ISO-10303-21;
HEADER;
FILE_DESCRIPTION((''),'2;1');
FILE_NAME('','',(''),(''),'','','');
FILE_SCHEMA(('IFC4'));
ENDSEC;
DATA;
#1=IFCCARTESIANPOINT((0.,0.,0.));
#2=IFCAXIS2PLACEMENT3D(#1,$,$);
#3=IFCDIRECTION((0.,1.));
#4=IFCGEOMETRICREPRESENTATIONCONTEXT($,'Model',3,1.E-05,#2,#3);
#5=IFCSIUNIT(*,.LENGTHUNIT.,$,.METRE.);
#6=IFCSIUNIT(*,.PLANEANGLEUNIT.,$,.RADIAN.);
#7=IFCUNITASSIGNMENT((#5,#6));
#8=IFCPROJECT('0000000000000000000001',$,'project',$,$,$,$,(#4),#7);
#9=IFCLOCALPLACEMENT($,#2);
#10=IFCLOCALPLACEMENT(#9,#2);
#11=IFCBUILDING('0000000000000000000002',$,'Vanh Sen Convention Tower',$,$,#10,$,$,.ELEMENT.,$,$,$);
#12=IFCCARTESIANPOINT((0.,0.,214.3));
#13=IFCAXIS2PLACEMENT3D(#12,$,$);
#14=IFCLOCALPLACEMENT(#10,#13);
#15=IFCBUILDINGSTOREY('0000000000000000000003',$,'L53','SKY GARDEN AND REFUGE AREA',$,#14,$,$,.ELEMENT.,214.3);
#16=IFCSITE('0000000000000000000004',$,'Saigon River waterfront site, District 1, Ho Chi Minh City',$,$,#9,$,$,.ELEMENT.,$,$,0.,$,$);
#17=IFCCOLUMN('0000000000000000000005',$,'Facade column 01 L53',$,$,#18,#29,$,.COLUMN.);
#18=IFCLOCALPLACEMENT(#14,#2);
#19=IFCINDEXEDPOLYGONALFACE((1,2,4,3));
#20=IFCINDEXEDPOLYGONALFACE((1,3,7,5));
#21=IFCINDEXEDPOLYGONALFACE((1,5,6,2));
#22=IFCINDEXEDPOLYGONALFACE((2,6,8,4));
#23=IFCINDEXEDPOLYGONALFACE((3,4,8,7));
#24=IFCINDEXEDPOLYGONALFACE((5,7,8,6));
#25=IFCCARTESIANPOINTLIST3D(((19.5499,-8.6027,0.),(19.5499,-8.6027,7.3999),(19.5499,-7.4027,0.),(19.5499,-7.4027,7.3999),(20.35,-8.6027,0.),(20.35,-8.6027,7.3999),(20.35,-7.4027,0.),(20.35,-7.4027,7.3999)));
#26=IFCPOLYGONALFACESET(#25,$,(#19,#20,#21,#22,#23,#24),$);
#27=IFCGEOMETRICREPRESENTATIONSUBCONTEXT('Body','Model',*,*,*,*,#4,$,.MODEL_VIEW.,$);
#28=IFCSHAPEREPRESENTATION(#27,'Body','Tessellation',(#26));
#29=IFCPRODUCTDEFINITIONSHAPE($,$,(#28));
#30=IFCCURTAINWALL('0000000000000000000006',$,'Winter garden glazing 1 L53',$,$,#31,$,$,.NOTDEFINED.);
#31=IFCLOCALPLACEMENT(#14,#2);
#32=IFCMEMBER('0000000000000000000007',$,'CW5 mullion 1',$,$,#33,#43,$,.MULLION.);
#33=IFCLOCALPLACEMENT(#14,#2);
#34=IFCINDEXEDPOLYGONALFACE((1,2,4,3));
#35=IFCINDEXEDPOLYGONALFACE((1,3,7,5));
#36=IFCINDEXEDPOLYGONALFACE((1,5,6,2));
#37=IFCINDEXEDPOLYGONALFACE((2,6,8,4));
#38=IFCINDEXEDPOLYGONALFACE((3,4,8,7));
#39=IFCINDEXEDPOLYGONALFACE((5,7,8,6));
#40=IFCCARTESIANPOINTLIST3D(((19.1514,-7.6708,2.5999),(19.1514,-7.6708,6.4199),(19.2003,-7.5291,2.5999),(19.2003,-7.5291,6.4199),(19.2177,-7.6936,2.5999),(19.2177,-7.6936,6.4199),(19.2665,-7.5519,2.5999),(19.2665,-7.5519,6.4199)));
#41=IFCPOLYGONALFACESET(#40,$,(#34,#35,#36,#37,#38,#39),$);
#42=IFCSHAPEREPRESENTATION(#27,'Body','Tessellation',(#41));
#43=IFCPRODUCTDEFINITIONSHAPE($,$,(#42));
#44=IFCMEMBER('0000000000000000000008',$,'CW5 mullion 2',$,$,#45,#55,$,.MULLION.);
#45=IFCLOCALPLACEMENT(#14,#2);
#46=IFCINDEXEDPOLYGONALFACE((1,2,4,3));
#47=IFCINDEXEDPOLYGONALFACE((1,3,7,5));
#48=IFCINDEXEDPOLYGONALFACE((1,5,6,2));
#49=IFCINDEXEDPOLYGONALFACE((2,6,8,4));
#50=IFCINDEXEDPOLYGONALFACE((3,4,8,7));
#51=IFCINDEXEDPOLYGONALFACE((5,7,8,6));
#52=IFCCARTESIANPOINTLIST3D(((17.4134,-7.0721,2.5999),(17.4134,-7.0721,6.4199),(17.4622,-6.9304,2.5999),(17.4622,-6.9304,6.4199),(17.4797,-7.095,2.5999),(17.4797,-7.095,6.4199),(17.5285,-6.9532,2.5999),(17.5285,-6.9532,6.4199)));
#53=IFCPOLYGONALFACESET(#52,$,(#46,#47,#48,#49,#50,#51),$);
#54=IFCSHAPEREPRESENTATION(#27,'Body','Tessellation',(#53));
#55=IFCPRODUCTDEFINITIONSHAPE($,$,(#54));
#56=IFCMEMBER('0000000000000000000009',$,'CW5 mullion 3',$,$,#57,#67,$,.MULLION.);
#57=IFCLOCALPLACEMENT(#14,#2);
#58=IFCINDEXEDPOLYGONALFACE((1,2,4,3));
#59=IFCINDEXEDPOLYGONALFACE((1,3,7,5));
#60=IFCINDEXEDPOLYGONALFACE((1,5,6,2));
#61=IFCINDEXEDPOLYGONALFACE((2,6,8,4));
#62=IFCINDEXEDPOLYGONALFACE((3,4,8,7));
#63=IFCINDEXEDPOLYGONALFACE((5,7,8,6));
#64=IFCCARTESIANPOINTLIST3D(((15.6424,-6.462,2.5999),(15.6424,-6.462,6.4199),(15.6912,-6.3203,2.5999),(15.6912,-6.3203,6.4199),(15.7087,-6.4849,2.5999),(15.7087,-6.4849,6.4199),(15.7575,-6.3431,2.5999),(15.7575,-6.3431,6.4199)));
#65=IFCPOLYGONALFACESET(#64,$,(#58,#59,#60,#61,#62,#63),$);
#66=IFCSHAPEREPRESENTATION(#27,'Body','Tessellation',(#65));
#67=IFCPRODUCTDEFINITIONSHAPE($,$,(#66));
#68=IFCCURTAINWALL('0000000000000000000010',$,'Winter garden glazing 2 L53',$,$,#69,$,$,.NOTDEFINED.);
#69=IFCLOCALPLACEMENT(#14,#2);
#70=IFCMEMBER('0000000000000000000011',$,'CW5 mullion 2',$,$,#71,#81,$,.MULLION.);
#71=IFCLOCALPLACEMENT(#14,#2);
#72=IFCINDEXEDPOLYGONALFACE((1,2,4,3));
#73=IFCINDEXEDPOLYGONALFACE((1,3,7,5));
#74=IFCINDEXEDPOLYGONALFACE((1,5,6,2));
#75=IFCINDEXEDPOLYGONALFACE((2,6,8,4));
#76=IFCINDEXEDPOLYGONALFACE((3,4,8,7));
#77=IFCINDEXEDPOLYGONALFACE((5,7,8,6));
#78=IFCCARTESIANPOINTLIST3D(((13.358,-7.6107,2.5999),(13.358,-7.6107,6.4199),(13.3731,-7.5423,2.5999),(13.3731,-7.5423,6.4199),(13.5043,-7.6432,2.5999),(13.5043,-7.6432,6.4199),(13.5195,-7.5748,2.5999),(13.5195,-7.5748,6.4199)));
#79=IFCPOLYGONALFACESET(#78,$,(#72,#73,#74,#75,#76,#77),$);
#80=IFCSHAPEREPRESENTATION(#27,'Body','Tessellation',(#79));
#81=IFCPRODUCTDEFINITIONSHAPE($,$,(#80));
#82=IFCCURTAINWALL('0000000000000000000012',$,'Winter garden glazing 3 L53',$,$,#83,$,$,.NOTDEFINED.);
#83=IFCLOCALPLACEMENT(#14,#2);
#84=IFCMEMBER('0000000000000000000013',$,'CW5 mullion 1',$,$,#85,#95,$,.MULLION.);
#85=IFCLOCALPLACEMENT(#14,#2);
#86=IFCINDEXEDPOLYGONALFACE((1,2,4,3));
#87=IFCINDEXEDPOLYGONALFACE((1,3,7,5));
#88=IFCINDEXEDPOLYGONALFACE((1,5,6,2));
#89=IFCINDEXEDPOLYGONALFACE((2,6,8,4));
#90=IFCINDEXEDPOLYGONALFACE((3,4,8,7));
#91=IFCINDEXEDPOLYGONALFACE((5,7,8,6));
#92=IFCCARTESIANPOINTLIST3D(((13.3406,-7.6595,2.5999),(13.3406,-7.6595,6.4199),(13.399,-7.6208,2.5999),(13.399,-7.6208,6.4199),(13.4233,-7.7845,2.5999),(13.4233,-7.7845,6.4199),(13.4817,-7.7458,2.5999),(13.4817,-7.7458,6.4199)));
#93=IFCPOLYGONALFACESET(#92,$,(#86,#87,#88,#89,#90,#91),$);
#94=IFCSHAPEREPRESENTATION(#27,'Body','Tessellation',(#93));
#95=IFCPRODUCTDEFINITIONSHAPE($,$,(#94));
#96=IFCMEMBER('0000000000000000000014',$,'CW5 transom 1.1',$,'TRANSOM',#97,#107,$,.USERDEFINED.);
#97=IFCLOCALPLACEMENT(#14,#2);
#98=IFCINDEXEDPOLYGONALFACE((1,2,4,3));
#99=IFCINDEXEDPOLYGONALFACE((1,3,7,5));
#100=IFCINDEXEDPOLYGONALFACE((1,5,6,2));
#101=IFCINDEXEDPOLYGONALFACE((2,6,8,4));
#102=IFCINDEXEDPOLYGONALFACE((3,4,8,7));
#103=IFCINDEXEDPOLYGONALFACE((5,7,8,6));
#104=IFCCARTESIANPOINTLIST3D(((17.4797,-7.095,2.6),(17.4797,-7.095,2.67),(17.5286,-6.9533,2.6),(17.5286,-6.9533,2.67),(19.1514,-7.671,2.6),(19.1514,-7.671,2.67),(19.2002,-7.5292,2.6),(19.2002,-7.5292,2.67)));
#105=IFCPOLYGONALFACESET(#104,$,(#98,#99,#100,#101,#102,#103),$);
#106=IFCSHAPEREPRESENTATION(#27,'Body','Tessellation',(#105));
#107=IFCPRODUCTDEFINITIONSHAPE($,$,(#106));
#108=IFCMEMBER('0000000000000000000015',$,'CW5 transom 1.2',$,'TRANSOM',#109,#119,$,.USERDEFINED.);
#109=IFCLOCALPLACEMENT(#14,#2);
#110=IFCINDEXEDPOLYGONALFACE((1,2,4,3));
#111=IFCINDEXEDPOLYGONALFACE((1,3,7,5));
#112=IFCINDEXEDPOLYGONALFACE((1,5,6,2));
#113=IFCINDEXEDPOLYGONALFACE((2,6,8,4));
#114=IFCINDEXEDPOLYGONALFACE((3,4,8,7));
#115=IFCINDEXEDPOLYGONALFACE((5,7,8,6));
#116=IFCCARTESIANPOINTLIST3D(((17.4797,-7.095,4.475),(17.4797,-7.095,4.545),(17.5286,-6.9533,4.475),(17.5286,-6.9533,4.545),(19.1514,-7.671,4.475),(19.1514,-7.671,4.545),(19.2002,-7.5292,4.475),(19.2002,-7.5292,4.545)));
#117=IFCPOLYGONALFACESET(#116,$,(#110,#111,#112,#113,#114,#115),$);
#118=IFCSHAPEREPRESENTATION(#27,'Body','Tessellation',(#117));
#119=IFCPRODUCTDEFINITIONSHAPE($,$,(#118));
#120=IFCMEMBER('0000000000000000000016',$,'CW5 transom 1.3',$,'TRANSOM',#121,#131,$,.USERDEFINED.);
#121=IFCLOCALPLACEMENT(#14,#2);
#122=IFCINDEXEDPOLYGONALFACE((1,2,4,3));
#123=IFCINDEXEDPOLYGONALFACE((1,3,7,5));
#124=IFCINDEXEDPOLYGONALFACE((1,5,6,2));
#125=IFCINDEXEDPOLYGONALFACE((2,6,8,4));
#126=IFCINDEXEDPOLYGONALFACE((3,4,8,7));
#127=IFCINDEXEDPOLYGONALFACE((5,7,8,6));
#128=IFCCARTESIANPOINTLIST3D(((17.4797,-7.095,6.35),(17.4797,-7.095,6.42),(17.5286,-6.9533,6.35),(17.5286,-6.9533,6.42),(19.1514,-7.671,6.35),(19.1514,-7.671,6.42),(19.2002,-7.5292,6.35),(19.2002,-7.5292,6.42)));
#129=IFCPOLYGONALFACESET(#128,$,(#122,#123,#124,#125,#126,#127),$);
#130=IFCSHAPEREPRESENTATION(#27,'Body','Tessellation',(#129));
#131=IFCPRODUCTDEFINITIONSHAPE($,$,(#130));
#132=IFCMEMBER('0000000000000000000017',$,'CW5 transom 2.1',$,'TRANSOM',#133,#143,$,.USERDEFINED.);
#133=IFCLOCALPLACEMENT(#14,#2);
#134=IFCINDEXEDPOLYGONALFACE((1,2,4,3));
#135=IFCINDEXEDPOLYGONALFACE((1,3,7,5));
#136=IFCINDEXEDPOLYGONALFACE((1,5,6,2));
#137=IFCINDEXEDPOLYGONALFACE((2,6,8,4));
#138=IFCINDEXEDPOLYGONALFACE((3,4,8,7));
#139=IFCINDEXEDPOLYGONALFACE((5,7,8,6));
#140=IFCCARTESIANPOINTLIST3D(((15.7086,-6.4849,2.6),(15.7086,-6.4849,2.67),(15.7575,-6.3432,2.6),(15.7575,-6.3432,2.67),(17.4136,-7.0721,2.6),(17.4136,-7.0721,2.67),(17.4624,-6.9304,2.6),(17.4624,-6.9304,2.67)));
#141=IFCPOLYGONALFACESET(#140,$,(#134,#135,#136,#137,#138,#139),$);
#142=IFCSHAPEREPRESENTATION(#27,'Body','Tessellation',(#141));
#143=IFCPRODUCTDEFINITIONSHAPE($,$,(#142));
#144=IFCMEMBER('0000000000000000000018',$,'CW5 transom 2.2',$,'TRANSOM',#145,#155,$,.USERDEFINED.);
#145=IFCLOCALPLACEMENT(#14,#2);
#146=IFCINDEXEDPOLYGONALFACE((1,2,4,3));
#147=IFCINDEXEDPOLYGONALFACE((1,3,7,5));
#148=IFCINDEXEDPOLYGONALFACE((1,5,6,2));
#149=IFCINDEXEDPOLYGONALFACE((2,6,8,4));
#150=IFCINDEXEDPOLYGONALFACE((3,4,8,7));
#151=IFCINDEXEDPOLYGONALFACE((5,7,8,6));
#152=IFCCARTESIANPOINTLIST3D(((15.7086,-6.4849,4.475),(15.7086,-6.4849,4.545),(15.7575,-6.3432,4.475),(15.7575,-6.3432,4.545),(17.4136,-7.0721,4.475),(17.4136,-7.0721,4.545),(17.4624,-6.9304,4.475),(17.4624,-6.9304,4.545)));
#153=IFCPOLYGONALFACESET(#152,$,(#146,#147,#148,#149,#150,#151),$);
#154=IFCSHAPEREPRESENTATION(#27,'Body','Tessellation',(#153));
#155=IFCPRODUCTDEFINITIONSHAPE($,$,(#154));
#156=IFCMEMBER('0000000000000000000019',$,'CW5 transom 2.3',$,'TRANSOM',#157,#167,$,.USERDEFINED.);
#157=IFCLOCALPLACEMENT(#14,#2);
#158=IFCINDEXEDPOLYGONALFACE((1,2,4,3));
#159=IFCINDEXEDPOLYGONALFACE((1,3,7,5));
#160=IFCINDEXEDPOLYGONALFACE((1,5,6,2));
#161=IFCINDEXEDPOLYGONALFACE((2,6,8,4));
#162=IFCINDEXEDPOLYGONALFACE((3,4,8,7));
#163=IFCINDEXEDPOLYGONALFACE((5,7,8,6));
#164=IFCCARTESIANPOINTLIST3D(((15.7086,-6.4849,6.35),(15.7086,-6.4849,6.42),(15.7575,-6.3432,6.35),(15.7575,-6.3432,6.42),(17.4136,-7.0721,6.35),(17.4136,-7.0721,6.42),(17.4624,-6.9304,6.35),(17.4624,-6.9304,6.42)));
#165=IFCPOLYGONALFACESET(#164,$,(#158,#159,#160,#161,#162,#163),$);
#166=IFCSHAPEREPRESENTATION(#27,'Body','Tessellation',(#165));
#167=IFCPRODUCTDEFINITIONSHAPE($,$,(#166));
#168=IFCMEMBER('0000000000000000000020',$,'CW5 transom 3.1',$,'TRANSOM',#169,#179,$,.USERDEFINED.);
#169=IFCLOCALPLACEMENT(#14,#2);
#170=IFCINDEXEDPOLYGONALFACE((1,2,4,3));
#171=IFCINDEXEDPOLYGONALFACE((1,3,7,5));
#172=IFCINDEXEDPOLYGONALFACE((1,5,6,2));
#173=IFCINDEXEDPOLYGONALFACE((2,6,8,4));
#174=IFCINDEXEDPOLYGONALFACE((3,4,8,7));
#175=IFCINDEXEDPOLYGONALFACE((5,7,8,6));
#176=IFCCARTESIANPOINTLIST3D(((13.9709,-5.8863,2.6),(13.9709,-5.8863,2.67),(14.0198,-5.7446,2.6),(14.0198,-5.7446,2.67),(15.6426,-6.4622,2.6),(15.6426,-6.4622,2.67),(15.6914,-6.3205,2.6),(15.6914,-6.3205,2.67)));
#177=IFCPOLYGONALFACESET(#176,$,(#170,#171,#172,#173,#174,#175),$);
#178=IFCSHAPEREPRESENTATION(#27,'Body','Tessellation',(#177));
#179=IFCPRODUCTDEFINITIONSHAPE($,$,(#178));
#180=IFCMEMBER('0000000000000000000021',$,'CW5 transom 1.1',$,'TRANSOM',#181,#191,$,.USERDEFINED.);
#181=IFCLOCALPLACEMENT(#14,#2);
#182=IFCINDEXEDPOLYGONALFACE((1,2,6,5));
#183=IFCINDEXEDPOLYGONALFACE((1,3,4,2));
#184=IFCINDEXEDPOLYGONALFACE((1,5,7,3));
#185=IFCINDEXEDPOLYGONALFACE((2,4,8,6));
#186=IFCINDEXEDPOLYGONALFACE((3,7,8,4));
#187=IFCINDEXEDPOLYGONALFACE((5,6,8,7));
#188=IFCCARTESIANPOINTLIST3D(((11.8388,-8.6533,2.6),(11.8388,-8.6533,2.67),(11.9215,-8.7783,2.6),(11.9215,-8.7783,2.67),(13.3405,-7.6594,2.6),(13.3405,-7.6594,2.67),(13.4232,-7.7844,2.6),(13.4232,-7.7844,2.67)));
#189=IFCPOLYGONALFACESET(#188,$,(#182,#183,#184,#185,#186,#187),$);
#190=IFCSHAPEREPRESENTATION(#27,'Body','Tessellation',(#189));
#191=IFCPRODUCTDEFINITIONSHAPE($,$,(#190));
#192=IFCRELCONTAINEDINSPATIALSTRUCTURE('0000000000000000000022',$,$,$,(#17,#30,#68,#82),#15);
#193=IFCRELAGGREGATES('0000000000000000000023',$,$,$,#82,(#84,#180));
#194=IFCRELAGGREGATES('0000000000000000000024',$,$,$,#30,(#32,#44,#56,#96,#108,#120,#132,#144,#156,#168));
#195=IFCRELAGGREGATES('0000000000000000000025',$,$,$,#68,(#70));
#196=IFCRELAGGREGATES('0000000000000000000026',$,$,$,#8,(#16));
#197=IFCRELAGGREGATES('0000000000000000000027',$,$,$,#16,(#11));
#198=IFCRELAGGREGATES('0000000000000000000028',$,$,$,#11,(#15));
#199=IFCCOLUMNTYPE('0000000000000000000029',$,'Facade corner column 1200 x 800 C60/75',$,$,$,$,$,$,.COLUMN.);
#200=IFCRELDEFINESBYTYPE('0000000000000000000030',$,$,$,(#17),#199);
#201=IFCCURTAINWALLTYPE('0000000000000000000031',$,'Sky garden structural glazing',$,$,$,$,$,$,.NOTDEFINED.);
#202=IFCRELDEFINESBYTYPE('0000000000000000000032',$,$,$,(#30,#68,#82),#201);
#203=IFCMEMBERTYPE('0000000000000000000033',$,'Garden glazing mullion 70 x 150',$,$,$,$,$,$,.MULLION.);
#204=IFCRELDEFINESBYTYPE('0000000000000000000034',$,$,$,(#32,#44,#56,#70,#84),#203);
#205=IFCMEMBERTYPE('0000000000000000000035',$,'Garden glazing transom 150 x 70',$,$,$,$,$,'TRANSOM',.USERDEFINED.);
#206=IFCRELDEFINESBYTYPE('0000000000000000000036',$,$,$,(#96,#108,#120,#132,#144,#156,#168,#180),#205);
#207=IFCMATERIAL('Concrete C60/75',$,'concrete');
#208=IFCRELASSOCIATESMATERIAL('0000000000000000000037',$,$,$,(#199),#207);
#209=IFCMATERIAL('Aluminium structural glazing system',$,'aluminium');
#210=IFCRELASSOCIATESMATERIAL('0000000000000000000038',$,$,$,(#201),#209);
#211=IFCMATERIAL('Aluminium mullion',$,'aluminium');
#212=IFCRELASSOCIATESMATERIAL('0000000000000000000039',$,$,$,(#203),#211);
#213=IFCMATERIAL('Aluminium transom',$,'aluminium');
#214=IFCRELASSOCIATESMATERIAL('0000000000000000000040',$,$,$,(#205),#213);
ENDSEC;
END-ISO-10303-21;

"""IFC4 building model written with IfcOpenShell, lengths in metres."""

from ifc_helpers import new_model, si_unit, direction, frame, origin, origin_2d, place, context, subcontext, project, spatial, rectangle, extrude, material, material_profile, profile_set, type_object, element, aggregate, save


model = new_model("IFC4")

# Units and contexts
model_context = context("Model", 3, precision=1e-05, world=origin(), true_north=direction((0.0, 1.0)))
body_context = subcontext(model_context, "Body", "Model", "MODEL_VIEW")
ifc_project = project(units=[si_unit("LENGTHUNIT", "METRE"), si_unit("PLANEANGLEUNIT", "RADIAN")], contexts=[model_context])

# Site, building, storey
site_placement = place(None, origin())
site = spatial("IfcSite", under=ifc_project, at=site_placement, Name="Saigon River waterfront site, District 1, Ho Chi Minh City", CompositionType="ELEMENT", RefElevation=0.0)
building_placement = place(site_placement, origin())
building = spatial("IfcBuilding", under=site, at=building_placement, Name="Vanh Sen Convention Tower", CompositionType="ELEMENT")
storey_placement = place(building_placement, frame((0.0, 0.0, 214.3)))
storey = spatial("IfcBuildingStorey", under=building, at=storey_placement, Name="L53", Description="SKY GARDEN AND REFUGE AREA", CompositionType="ELEMENT", Elevation=214.3)

# Column
ifc_material_1 = material(Name="Concrete C60/75", Category="concrete")
ifc_material_profile_1 = material_profile(ifc_material_1, rectangle(XDim=1.2, YDim=0.8, at=origin_2d()), Name="RC 1200X800")
ifc_profile_set_1 = profile_set([ifc_material_profile_1], Name="Concrete C60/75")
column_type = type_object("IfcColumnType", Name="Facade corner column 1200 x 800 C60/75", PredefinedType="COLUMN", material=ifc_profile_set_1)
column_placement = place(storey_placement, frame((19.95, -8.0027, 0.0), z_axis=(0.0, 0.0, 1.0), x_axis=(0.0, 1.0, 0.0)))
element("IfcColumn", 1, at=column_placement, inside=storey, type_object=column_type, Name="Facade column 01 L53", PredefinedType="COLUMN", context=body_context, shape_type="SweptSolid", body=[
    extrude(rectangle(XDim=1.2, YDim=0.8, at=origin_2d()), origin(), (0.0, 0.0, 1.0), 7.3999),
])

# Curtain wall, members
ifc_material_2 = material(Name="Aluminium structural glazing system", Category="aluminium")
curtain_wall_type_1 = type_object("IfcCurtainWallType", Name="Sky garden structural glazing", PredefinedType="NOTDEFINED", material=ifc_material_2)
curtain_wall_1_placement = place(storey_placement, origin())
curtain_wall_1 = element("IfcCurtainWall", 2, at=curtain_wall_1_placement, inside=storey, type_object=curtain_wall_type_1, Name="Winter garden glazing 1 L53", PredefinedType="NOTDEFINED")
ifc_material_3 = material(Name="Aluminium mullion", Category="aluminium")
ifc_material_profile_2 = material_profile(ifc_material_3, rectangle(XDim=0.1499, YDim=0.0701, at=origin_2d()), Name="Garden glazing mullion 70 x 150")
ifc_profile_set_2 = profile_set([ifc_material_profile_2], Name="Aluminium mullion")
member_type_1 = type_object("IfcMemberType", Name="Garden glazing mullion 70 x 150", PredefinedType="MULLION", material=ifc_profile_set_2)
member_1_placement = place(storey_placement, frame((19.209, -7.6113, 2.5999), z_axis=(0.0, 0.0, 1.0), x_axis=(-0.325699, -0.945474, 0.0)))
member_1 = element("IfcMember", 3, at=member_1_placement, type_object=member_type_1, Name="CW5 mullion 1", PredefinedType="MULLION", context=body_context, shape_type="SweptSolid", body=[
    extrude(rectangle(XDim=0.1499, YDim=0.0701, at=origin_2d()), origin(), (0.0, 0.0, 1.0), 3.8201),
])
member_2_placement = place(storey_placement, frame((17.4709, -7.0127, 2.5999), z_axis=(0.0, 0.0, 1.0), x_axis=(-0.325699, -0.945474, 0.0)))
member_2 = element("IfcMember", 4, at=member_2_placement, type_object=member_type_1, Name="CW5 mullion 2", PredefinedType="MULLION", context=body_context, shape_type="SweptSolid", body=[
    extrude(rectangle(XDim=0.1499, YDim=0.0701, at=origin_2d()), origin(), (0.0, 0.0, 1.0), 3.8201),
])
member_3_placement = place(storey_placement, frame((15.7, -6.4026, 2.5999), z_axis=(0.0, 0.0, 1.0), x_axis=(-0.325699, -0.945474, 0.0)))
member_3 = element("IfcMember", 5, at=member_3_placement, type_object=member_type_1, Name="CW5 mullion 3", PredefinedType="MULLION", context=body_context, shape_type="SweptSolid", body=[
    extrude(rectangle(XDim=0.1499, YDim=0.0701, at=origin_2d()), origin(), (0.0, 0.0, 1.0), 3.8201),
])

# Curtain walls, members
curtain_wall_2_placement = place(storey_placement, origin())
curtain_wall_2 = element("IfcCurtainWall", 6, at=curtain_wall_2_placement, inside=storey, type_object=curtain_wall_type_1, Name="Winter garden glazing 2 L53", PredefinedType="NOTDEFINED")
member_4_placement = place(storey_placement, frame((13.4387, -7.5928, 2.5999), z_axis=(0.0, 0.0, 1.0), x_axis=(0.976222, -0.216775, 0.0)))
member_4 = element("IfcMember", 7, at=member_4_placement, type_object=member_type_1, Name="CW5 mullion 2", PredefinedType="MULLION", context=body_context, shape_type="SweptSolid", body=[
    extrude(rectangle(XDim=0.1499, YDim=0.0701, at=origin_2d()), origin(), (0.0, 0.0, 1.0), 3.8201),
])
curtain_wall_3_placement = place(storey_placement, origin())
curtain_wall_3 = element("IfcCurtainWall", 8, at=curtain_wall_3_placement, inside=storey, type_object=curtain_wall_type_1, Name="Winter garden glazing 3 L53", PredefinedType="NOTDEFINED")
member_5_placement = place(storey_placement, frame((13.4111, -7.7026, 2.5999), z_axis=(0.0, 0.0, 1.0), x_axis=(0.551932, -0.833889, 0.0)))
member_5 = element("IfcMember", 9, at=member_5_placement, type_object=member_type_1, Name="CW5 mullion 1", PredefinedType="MULLION", context=body_context, shape_type="SweptSolid", body=[
    extrude(rectangle(XDim=0.1499, YDim=0.0701, at=origin_2d()), origin(), (0.0, 0.0, 1.0), 3.8201),
])

# Members
ifc_material_4 = material(Name="Aluminium transom", Category="aluminium")
ifc_material_profile_3 = material_profile(ifc_material_4, rectangle(XDim=0.1499, YDim=0.0701, at=origin_2d()), Name="Garden glazing transom 150 x 70")
ifc_profile_set_3 = profile_set([ifc_material_profile_3], Name="Aluminium transom")
member_type_2 = type_object("IfcMemberType", Name="Garden glazing transom 150 x 70", ElementType="TRANSOM", PredefinedType="USERDEFINED", material=ifc_profile_set_3)
member_6_placement = place(storey_placement, frame((19.1758, -7.6001, 2.635), z_axis=(-0.94546, 0.32574, 0.0), x_axis=(-0.32574, -0.94546, 0.0)))
member_6 = element("IfcMember", 10, at=member_6_placement, type_object=member_type_2, Name="CW5 transom 1.1", ObjectType="TRANSOM", PredefinedType="USERDEFINED", context=body_context, shape_type="SweptSolid", body=[
    extrude(rectangle(XDim=0.1499, YDim=0.0701, at=origin_2d()), origin(), (0.0, 0.0, 1.0), 1.7681),
])
member_7_placement = place(storey_placement, frame((19.1758, -7.6001, 4.51), z_axis=(-0.94546, 0.32574, 0.0), x_axis=(-0.32574, -0.94546, 0.0)))
member_7 = element("IfcMember", 11, at=member_7_placement, type_object=member_type_2, Name="CW5 transom 1.2", ObjectType="TRANSOM", PredefinedType="USERDEFINED", context=body_context, shape_type="SweptSolid", body=[
    extrude(rectangle(XDim=0.1499, YDim=0.0701, at=origin_2d()), origin(), (0.0, 0.0, 1.0), 1.7681),
])
member_8_placement = place(storey_placement, frame((19.1758, -7.6001, 6.385), z_axis=(-0.94546, 0.32574, 0.0), x_axis=(-0.32574, -0.94546, 0.0)))
member_8 = element("IfcMember", 12, at=member_8_placement, type_object=member_type_2, Name="CW5 transom 1.3", ObjectType="TRANSOM", PredefinedType="USERDEFINED", context=body_context, shape_type="SweptSolid", body=[
    extrude(rectangle(XDim=0.1499, YDim=0.0701, at=origin_2d()), origin(), (0.0, 0.0, 1.0), 1.7681),
])
member_9_placement = place(storey_placement, frame((17.438, -7.0012, 2.635), z_axis=(-0.945495, 0.325636, 0.0), x_axis=(-0.325636, -0.945495, 0.0)))
member_9 = element("IfcMember", 13, at=member_9_placement, type_object=member_type_2, Name="CW5 transom 2.1", ObjectType="TRANSOM", PredefinedType="USERDEFINED", context=body_context, shape_type="SweptSolid", body=[
    extrude(rectangle(XDim=0.1499, YDim=0.0701, at=origin_2d()), origin(), (0.0, 0.0, 1.0), 1.8032),
])
member_10_placement = place(storey_placement, frame((17.438, -7.0012, 4.51), z_axis=(-0.945495, 0.325636, 0.0), x_axis=(-0.325636, -0.945495, 0.0)))
member_10 = element("IfcMember", 14, at=member_10_placement, type_object=member_type_2, Name="CW5 transom 2.2", ObjectType="TRANSOM", PredefinedType="USERDEFINED", context=body_context, shape_type="SweptSolid", body=[
    extrude(rectangle(XDim=0.1499, YDim=0.0701, at=origin_2d()), origin(), (0.0, 0.0, 1.0), 1.8032),
])
member_11_placement = place(storey_placement, frame((17.438, -7.0012, 6.385), z_axis=(-0.945495, 0.325636, 0.0), x_axis=(-0.325636, -0.945495, 0.0)))
member_11 = element("IfcMember", 15, at=member_11_placement, type_object=member_type_2, Name="CW5 transom 2.3", ObjectType="TRANSOM", PredefinedType="USERDEFINED", context=body_context, shape_type="SweptSolid", body=[
    extrude(rectangle(XDim=0.1499, YDim=0.0701, at=origin_2d()), origin(), (0.0, 0.0, 1.0), 1.8032),
])
member_12_placement = place(storey_placement, frame((15.667, -6.3914, 2.635), z_axis=(-0.94546, 0.32574, 0.0), x_axis=(-0.32574, -0.94546, 0.0)))
member_12 = element("IfcMember", 16, at=member_12_placement, type_object=member_type_2, Name="CW5 transom 3.1", ObjectType="TRANSOM", PredefinedType="USERDEFINED", context=body_context, shape_type="SweptSolid", body=[
    extrude(rectangle(XDim=0.1499, YDim=0.0701, at=origin_2d()), origin(), (0.0, 0.0, 1.0), 1.7681),
])
member_13_placement = place(storey_placement, frame((13.3818, -7.7219, 2.635), z_axis=(-0.833902, -0.551913, 0.0), x_axis=(0.551913, -0.833902, 0.0)))
member_13 = element("IfcMember", 17, at=member_13_placement, type_object=member_type_2, Name="CW5 transom 1.1", ObjectType="TRANSOM", PredefinedType="USERDEFINED", context=body_context, shape_type="SweptSolid", body=[
    extrude(rectangle(XDim=0.1499, YDim=0.0701, at=origin_2d()), origin(), (0.0, 0.0, 1.0), 1.8008),
])
aggregate(curtain_wall_3, [member_5, member_13])

aggregate(curtain_wall_1, [member_1, member_2, member_3, member_6, member_7, member_8, member_9, member_10, member_11, member_12])
aggregate(curtain_wall_2, [member_4])

save(model, "model.ifc")
